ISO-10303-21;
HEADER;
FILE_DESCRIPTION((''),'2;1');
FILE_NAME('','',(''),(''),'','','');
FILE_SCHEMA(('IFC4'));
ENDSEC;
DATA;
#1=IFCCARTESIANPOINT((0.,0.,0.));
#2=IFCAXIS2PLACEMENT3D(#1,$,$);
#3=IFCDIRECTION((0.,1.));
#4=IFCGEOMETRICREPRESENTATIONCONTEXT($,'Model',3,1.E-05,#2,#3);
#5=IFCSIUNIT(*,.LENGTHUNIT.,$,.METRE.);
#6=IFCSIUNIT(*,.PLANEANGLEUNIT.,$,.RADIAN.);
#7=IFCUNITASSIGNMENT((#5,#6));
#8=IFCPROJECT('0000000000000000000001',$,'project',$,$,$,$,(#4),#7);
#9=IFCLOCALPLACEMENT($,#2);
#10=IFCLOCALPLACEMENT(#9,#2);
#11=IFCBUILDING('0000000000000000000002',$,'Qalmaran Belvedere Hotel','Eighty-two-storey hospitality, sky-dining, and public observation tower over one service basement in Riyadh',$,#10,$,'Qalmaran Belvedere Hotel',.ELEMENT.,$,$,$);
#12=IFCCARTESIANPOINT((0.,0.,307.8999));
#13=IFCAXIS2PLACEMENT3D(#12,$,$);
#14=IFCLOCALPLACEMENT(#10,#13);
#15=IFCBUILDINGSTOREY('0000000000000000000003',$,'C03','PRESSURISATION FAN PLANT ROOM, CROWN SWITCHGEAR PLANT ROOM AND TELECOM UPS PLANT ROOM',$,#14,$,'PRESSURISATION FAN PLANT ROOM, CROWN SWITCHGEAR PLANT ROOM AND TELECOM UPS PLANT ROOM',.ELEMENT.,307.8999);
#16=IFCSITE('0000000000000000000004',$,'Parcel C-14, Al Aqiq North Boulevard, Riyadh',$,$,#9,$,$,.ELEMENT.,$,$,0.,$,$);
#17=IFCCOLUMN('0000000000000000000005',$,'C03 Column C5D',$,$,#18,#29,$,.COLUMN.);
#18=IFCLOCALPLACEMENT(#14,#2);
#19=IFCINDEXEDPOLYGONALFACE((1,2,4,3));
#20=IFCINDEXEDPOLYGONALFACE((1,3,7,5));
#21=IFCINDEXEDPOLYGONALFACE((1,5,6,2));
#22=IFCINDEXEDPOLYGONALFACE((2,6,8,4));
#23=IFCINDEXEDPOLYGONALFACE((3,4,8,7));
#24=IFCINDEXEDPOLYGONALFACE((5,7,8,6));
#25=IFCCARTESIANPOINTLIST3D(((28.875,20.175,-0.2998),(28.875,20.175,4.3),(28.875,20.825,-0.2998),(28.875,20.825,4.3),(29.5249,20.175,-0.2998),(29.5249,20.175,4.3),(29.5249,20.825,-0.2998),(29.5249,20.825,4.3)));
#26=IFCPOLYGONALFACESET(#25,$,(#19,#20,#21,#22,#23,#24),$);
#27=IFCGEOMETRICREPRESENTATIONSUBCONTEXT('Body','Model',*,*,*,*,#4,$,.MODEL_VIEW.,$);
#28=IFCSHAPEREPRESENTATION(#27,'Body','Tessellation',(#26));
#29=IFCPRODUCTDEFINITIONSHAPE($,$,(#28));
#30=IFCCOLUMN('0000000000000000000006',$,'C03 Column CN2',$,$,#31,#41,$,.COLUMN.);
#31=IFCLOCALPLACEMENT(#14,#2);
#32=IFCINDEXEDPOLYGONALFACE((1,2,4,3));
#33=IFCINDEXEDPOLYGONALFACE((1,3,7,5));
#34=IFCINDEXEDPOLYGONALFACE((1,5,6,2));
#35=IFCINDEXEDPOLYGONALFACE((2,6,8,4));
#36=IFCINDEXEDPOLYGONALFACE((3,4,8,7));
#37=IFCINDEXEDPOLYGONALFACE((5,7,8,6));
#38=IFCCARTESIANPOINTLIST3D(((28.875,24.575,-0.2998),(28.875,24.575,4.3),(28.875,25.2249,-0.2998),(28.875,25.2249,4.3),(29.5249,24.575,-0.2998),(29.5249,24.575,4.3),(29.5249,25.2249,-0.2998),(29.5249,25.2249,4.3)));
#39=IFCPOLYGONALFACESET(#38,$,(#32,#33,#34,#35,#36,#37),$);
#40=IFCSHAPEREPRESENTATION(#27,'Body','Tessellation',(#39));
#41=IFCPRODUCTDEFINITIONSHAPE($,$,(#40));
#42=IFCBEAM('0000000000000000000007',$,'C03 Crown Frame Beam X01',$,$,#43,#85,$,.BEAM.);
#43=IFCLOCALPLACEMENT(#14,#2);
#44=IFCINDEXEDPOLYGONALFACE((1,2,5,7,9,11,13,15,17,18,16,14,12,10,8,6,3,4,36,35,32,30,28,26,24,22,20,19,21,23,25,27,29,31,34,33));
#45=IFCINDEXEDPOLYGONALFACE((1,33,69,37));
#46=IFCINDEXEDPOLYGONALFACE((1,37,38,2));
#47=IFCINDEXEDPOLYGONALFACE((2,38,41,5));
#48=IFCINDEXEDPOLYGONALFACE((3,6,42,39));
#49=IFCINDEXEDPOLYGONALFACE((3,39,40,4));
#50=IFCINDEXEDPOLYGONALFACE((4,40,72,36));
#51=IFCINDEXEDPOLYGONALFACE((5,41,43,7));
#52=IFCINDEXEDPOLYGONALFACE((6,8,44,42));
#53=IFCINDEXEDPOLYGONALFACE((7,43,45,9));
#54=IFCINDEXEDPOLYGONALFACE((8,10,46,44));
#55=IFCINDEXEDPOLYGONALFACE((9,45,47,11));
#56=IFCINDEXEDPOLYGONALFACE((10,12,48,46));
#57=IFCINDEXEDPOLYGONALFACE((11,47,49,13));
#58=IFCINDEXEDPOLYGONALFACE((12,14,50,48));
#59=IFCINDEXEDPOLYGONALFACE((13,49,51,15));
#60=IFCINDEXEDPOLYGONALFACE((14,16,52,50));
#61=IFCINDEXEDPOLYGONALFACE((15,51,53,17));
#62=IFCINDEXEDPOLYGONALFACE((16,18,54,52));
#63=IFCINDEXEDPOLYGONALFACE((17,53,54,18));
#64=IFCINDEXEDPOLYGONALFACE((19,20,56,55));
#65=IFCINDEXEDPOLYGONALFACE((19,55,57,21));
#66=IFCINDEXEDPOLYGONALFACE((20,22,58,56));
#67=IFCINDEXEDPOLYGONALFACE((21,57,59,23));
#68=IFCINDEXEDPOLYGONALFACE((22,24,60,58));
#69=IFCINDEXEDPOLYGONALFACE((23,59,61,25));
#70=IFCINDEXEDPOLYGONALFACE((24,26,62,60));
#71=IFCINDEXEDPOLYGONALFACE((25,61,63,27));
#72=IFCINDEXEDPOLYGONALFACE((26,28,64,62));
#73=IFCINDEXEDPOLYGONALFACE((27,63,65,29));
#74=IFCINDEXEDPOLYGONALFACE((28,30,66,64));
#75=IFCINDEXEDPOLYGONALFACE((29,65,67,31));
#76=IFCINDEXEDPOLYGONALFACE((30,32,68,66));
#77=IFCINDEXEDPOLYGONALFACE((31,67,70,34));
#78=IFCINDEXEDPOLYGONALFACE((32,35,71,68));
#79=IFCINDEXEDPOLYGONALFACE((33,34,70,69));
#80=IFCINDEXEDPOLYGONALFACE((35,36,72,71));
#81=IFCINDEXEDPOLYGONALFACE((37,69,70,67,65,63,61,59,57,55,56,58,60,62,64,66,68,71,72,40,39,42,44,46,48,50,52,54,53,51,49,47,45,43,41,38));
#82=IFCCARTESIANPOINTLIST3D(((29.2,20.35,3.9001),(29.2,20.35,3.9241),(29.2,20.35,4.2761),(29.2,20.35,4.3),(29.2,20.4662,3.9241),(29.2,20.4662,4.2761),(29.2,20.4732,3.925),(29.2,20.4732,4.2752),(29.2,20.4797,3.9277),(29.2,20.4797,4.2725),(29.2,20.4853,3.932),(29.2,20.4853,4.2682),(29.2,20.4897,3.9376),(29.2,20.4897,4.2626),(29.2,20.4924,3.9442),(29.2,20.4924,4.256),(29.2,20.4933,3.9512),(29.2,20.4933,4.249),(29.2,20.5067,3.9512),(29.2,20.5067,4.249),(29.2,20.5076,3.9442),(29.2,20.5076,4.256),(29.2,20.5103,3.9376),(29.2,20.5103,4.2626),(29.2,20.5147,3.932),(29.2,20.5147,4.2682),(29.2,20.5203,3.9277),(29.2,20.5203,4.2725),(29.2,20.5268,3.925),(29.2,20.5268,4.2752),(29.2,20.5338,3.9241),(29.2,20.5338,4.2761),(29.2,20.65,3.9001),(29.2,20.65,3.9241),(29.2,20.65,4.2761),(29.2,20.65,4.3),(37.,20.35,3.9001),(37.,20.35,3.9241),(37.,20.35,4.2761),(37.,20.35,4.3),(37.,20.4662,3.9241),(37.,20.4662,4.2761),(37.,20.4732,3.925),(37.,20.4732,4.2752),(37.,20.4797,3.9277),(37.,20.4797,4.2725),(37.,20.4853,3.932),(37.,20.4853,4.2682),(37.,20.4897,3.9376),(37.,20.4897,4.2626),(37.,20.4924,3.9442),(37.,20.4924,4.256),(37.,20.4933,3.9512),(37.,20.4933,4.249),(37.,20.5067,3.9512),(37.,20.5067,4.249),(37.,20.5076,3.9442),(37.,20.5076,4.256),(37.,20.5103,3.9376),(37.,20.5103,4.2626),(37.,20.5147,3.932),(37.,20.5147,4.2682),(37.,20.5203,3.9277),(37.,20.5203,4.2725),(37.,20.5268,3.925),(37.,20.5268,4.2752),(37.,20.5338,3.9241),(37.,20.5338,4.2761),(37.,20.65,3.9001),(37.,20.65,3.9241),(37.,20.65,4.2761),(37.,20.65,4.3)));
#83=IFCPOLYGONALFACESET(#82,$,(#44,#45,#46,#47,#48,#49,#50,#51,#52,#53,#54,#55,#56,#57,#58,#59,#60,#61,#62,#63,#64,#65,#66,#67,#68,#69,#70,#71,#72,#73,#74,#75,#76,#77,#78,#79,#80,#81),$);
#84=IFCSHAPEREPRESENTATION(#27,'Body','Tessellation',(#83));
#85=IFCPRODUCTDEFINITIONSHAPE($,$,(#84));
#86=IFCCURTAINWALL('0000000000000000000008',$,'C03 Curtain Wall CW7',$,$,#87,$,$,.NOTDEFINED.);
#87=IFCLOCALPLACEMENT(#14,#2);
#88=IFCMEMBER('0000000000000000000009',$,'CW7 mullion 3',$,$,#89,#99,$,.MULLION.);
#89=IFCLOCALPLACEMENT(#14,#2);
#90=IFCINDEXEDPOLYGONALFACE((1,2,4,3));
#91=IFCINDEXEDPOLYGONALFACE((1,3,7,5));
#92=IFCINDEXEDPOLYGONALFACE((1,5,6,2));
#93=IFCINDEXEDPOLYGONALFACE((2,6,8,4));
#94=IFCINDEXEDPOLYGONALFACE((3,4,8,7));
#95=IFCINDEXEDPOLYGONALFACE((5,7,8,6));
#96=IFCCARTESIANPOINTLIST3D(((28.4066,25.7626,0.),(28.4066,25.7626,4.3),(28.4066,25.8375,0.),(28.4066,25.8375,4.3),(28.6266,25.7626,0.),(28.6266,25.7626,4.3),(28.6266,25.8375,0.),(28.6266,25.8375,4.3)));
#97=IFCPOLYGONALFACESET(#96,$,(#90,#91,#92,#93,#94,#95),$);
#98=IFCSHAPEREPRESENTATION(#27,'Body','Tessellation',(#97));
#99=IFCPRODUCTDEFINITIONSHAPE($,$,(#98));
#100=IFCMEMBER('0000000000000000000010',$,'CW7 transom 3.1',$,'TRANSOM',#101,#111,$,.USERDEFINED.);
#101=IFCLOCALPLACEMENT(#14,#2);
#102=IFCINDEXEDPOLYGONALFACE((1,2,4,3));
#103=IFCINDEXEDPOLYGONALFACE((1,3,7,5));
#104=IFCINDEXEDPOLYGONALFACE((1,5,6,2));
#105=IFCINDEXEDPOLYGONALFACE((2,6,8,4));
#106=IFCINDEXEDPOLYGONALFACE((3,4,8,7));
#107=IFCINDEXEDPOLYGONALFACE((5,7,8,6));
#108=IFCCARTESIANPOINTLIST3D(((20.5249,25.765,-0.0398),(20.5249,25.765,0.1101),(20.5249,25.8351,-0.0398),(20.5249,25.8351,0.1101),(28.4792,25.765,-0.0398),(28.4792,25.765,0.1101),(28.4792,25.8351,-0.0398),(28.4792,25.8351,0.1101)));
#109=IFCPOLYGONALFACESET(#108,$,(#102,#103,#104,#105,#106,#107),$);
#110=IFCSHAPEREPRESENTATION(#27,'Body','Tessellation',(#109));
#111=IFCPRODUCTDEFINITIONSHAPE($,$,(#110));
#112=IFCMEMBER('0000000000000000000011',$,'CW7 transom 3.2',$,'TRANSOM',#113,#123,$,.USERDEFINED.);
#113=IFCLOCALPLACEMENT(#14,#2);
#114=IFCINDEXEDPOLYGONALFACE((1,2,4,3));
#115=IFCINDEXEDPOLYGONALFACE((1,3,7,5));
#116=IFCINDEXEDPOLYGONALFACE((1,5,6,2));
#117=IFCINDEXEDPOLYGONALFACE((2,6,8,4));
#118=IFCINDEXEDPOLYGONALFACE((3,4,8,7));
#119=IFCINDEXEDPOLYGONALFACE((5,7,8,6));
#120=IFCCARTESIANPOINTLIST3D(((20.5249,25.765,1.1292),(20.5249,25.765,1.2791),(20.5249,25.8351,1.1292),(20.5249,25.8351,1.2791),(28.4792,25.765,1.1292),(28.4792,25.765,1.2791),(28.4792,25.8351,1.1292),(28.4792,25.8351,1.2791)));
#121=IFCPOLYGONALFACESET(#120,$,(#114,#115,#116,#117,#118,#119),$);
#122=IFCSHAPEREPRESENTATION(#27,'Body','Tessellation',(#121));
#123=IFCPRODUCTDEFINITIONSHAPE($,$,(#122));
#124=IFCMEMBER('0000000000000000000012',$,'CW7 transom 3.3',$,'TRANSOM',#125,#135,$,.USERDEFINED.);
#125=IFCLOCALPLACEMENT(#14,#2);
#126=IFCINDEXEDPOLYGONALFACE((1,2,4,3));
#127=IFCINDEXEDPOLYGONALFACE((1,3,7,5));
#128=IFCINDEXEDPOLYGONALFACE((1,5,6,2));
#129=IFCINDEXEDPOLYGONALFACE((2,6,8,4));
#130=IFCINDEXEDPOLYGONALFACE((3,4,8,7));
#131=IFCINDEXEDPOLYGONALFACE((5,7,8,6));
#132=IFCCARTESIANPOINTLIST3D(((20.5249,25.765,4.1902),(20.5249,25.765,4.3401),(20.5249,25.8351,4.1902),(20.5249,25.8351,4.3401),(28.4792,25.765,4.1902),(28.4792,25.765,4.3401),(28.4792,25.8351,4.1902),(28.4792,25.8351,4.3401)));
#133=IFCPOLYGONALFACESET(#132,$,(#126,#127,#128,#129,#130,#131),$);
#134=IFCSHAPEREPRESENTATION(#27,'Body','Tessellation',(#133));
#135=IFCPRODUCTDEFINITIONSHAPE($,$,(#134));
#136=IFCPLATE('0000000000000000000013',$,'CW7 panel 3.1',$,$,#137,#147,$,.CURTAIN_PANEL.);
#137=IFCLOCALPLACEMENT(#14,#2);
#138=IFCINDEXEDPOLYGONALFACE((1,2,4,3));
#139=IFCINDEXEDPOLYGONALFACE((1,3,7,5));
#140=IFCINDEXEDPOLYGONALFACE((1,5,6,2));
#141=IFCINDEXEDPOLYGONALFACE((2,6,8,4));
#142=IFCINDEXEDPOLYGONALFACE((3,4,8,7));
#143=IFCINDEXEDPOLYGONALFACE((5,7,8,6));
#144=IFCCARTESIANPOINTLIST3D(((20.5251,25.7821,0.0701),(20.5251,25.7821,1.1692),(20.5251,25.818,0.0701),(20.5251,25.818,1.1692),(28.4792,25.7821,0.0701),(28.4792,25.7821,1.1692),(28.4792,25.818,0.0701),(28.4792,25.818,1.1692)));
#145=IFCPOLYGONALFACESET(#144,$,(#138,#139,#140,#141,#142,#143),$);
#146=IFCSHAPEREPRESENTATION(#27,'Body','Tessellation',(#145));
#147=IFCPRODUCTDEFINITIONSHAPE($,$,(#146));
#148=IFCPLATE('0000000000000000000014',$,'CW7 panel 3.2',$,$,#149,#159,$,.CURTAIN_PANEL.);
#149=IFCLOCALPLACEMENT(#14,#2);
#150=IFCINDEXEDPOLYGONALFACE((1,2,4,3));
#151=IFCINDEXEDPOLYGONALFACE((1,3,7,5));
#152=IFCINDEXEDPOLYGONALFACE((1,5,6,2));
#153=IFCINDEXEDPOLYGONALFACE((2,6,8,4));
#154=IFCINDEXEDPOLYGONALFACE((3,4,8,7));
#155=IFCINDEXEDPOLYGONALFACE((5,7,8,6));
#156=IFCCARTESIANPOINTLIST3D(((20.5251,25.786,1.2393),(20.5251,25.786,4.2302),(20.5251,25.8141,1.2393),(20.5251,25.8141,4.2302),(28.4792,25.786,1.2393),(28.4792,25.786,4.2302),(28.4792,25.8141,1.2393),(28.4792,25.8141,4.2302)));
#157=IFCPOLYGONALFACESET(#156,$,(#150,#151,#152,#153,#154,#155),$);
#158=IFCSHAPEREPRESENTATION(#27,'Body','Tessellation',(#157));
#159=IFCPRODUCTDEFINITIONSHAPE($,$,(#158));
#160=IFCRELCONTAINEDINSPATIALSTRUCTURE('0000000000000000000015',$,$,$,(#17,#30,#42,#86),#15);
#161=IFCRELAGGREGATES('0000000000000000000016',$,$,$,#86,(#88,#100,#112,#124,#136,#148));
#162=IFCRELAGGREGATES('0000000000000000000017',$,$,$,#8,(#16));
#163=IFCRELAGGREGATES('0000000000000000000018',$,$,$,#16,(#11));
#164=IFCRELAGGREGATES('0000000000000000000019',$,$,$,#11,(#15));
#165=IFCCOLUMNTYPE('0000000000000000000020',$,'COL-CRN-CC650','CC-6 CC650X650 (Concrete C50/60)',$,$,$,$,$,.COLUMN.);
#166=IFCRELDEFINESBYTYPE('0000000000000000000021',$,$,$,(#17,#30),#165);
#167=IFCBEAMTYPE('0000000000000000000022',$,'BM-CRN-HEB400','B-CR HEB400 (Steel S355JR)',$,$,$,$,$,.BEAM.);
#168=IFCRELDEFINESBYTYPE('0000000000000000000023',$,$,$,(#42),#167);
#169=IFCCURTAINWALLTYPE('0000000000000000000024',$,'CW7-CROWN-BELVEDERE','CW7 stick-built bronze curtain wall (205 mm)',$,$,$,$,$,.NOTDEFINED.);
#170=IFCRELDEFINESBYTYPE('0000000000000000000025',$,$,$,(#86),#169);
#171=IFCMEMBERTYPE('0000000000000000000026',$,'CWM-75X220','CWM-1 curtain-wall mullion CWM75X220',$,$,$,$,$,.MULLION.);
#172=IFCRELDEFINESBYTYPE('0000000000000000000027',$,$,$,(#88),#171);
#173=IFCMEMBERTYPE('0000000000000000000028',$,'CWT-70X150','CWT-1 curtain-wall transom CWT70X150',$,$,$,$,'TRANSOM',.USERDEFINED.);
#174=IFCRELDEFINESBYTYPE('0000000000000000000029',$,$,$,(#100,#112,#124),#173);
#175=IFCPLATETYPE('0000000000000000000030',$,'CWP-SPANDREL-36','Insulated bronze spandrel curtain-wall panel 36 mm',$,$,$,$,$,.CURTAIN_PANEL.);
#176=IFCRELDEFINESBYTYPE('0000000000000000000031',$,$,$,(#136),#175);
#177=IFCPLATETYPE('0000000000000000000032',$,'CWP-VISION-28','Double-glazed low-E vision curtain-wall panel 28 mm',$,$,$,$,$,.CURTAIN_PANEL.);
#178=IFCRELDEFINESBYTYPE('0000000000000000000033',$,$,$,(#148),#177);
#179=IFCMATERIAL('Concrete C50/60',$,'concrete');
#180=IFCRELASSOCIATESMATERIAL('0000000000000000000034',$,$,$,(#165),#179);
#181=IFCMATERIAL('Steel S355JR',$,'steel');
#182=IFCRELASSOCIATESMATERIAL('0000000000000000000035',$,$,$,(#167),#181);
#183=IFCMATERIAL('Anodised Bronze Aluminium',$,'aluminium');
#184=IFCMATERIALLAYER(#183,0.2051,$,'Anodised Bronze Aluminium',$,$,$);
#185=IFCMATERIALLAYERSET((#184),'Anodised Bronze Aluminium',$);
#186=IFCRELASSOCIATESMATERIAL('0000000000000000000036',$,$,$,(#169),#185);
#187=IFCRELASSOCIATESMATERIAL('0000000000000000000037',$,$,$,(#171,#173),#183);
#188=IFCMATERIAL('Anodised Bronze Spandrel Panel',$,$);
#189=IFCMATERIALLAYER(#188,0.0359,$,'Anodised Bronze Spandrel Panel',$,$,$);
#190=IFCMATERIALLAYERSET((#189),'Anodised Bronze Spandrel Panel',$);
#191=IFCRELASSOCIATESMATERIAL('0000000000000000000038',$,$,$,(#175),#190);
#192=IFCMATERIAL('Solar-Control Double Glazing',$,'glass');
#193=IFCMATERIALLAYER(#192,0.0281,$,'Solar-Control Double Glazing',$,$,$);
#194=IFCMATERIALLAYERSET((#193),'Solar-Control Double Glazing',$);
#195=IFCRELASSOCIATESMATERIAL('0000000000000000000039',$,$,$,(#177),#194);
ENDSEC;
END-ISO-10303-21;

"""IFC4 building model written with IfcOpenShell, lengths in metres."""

from ifc_helpers import new_model, si_unit, direction, frame, origin, origin_2d, place, context, subcontext, project, spatial, rectangle, i_section, extrude, material, layer, layer_set, material_profile, profile_set, type_object, element, aggregate, save


model = new_model("IFC4")

# Units and contexts
model_context = context("Model", 3, precision=1e-05, world=origin(), true_north=direction((0.0, 1.0)))
body_context = subcontext(model_context, "Body", "Model", "MODEL_VIEW")
ifc_project = project(units=[si_unit("LENGTHUNIT", "METRE"), si_unit("PLANEANGLEUNIT", "RADIAN")], contexts=[model_context])

# Site, building, storey
site_placement = place(None, origin())
site = spatial("IfcSite", under=ifc_project, at=site_placement, Name="Parcel C-14, Al Aqiq North Boulevard, Riyadh", CompositionType="ELEMENT", RefElevation=0.0)
building_placement = place(site_placement, origin())
building = spatial("IfcBuilding", under=site, at=building_placement, Name="Qalmaran Belvedere Hotel", Description="Eighty-two-storey hospitality, sky-dining, and public observation tower over one service basement in Riyadh", LongName="Qalmaran Belvedere Hotel", CompositionType="ELEMENT")
storey_placement = place(building_placement, frame((0.0, 0.0, 307.8999)))
storey = spatial("IfcBuildingStorey", under=building, at=storey_placement, Name="C03", Description="PRESSURISATION FAN PLANT ROOM, CROWN SWITCHGEAR PLANT ROOM AND TELECOM UPS PLANT ROOM", LongName="PRESSURISATION FAN PLANT ROOM, CROWN SWITCHGEAR PLANT ROOM AND TELECOM UPS PLANT ROOM", CompositionType="ELEMENT", Elevation=307.8999)

# Columns
ifc_material_1 = material(Name="Concrete C50/60", Category="concrete")
ifc_material_profile_1 = material_profile(ifc_material_1, rectangle(XDim=0.6499, YDim=0.6499, at=origin_2d()), Name="CC650X650")
ifc_profile_set_1 = profile_set([ifc_material_profile_1], Name="Concrete C50/60")
column_type = type_object("IfcColumnType", Name="COL-CRN-CC650", Description="CC-6 CC650X650 (Concrete C50/60)", PredefinedType="COLUMN", material=ifc_profile_set_1)
for number, where, z_axis, x_axis, name in (
    (1, (29.2, 20.5, -0.2998), (0.0, 0.0, 1.0), (1.0, 0.0, 0.0), "C03 Column C5D"),
    (2, (29.2, 24.8999, -0.2998), (0.0, 0.0, 1.0), (1.0, 0.0, 0.0), "C03 Column CN2"),
):
    element("IfcColumn", number, at=place(storey_placement, frame(where, z_axis=z_axis, x_axis=x_axis)), inside=storey, type_object=column_type, Name=name, PredefinedType="COLUMN", context=body_context, shape_type="SweptSolid", body=[
        extrude(rectangle(XDim=0.6499, YDim=0.6499, at=origin_2d()), origin(), (0.0, 0.0, 1.0), 4.5999),
    ])

# Beam
ifc_material_2 = material(Name="Steel S355JR", Category="steel")
ifc_material_profile_2 = material_profile(ifc_material_2, i_section(OverallWidth=0.3, OverallDepth=0.3999, WebThickness=0.0134, FlangeThickness=0.0239, FilletRadius=0.0271, at=origin_2d()), Name="HEB400")
ifc_profile_set_2 = profile_set([ifc_material_profile_2], Name="Steel S355JR")
beam_type = type_object("IfcBeamType", Name="BM-CRN-HEB400", Description="B-CR HEB400 (Steel S355JR)", PredefinedType="BEAM", material=ifc_profile_set_2)
beam_placement = place(storey_placement, frame((29.2, 20.5, 4.1001), z_axis=(1.0, 0.0, 0.0), x_axis=(0.0, 1.0, 0.0)))
element("IfcBeam", 3, at=beam_placement, inside=storey, type_object=beam_type, Name="C03 Crown Frame Beam X01", PredefinedType="BEAM", context=body_context, shape_type="SweptSolid", body=[
    extrude(i_section(OverallWidth=0.3, OverallDepth=0.3999, WebThickness=0.0134, FlangeThickness=0.0239, FilletRadius=0.0271, at=origin_2d()), origin(), (0.0, 0.0, 1.0), 7.8),
])

# Curtain wall, members, plates
ifc_material_3 = material(Name="Anodised Bronze Aluminium", Category="aluminium")
ifc_layer_1 = layer(ifc_material_3, 0.2051, Name="Anodised Bronze Aluminium")
ifc_layer_set_1 = layer_set([ifc_layer_1], Name="Anodised Bronze Aluminium")
curtain_wall_type = type_object("IfcCurtainWallType", Name="CW7-CROWN-BELVEDERE", Description="CW7 stick-built bronze curtain wall (205 mm)", PredefinedType="NOTDEFINED", material=ifc_layer_set_1)
curtain_wall_placement = place(storey_placement, origin())
curtain_wall = element("IfcCurtainWall", 4, at=curtain_wall_placement, inside=storey, type_object=curtain_wall_type, Name="C03 Curtain Wall CW7", PredefinedType="NOTDEFINED")
ifc_material_profile_3 = material_profile(ifc_material_3, rectangle(XDim=0.075, YDim=0.22, at=origin_2d()), Name="CWM75X220")
ifc_profile_set_3 = profile_set([ifc_material_profile_3], Name="Anodised Bronze Aluminium")
member_type_1 = type_object("IfcMemberType", Name="CWM-75X220", Description="CWM-1 curtain-wall mullion CWM75X220", PredefinedType="MULLION", material=ifc_profile_set_3)
member_1_placement = place(storey_placement, frame((28.5166, 25.8, 0.0), z_axis=(0.0, 0.0, 1.0), x_axis=(0.0, -1.0, 0.0)))
member_1 = element("IfcMember", 5, at=member_1_placement, type_object=member_type_1, Name="CW7 mullion 3", PredefinedType="MULLION", context=body_context, shape_type="SweptSolid", body=[
    extrude(rectangle(XDim=0.075, YDim=0.22, at=origin_2d()), origin(), (0.0, 0.0, 1.0), 4.3),
])
ifc_material_profile_4 = material_profile(ifc_material_3, rectangle(XDim=0.0701, YDim=0.1499, at=origin_2d()), Name="CWT70X150")
ifc_profile_set_4 = profile_set([ifc_material_profile_4], Name="Anodised Bronze Aluminium")
member_type_2 = type_object("IfcMemberType", Name="CWT-70X150", Description="CWT-1 curtain-wall transom CWT70X150", ElementType="TRANSOM", PredefinedType="USERDEFINED", material=ifc_profile_set_4)
member_2_placement = place(storey_placement, frame((28.4792, 25.8, 0.0352), z_axis=(-1.0, 0.0, 0.0), x_axis=(0.0, -1.0, 0.0)))
member_2 = element("IfcMember", 6, at=member_2_placement, type_object=member_type_2, Name="CW7 transom 3.1", ObjectType="TRANSOM", PredefinedType="USERDEFINED", context=body_context, shape_type="SweptSolid", body=[
    extrude(rectangle(XDim=0.0701, YDim=0.1499, at=origin_2d()), origin(), (0.0, 0.0, 1.0), 7.9543),
])
member_3_placement = place(storey_placement, frame((28.4792, 25.8, 1.2041), z_axis=(-1.0, 0.0, 0.0), x_axis=(0.0, -1.0, 0.0)))
member_3 = element("IfcMember", 7, at=member_3_placement, type_object=member_type_2, Name="CW7 transom 3.2", ObjectType="TRANSOM", PredefinedType="USERDEFINED", context=body_context, shape_type="SweptSolid", body=[
    extrude(rectangle(XDim=0.0701, YDim=0.1499, at=origin_2d()), origin(), (0.0, 0.0, 1.0), 7.9543),
])
member_4_placement = place(storey_placement, frame((28.4792, 25.8, 4.2651), z_axis=(-1.0, 0.0, 0.0), x_axis=(0.0, -1.0, 0.0)))
member_4 = element("IfcMember", 8, at=member_4_placement, type_object=member_type_2, Name="CW7 transom 3.3", ObjectType="TRANSOM", PredefinedType="USERDEFINED", context=body_context, shape_type="SweptSolid", body=[
    extrude(rectangle(XDim=0.0701, YDim=0.1499, at=origin_2d()), origin(), (0.0, 0.0, 1.0), 7.9543),
])
ifc_material_4 = material(Name="Anodised Bronze Spandrel Panel")
ifc_layer_2 = layer(ifc_material_4, 0.0359, Name="Anodised Bronze Spandrel Panel")
ifc_layer_set_2 = layer_set([ifc_layer_2], Name="Anodised Bronze Spandrel Panel")
plate_type_1 = type_object("IfcPlateType", Name="CWP-SPANDREL-36", Description="Insulated bronze spandrel curtain-wall panel 36 mm", PredefinedType="CURTAIN_PANEL", material=ifc_layer_set_2)
plate_1_placement = place(storey_placement, frame((24.5022, 25.8, 0.0701), z_axis=(0.0, 0.0, 1.0), x_axis=(-1.0, 0.0, 0.0)))
plate_1 = element("IfcPlate", 9, at=plate_1_placement, type_object=plate_type_1, Name="CW7 panel 3.1", PredefinedType="CURTAIN_PANEL", context=body_context, shape_type="SweptSolid", body=[
    extrude(rectangle(XDim=7.9541, YDim=0.0359, at=origin_2d()), origin(), (0.0, 0.0, 1.0), 1.0991),
])
ifc_material_5 = material(Name="Solar-Control Double Glazing", Category="glass")
ifc_layer_3 = layer(ifc_material_5, 0.0281, Name="Solar-Control Double Glazing")
ifc_layer_set_3 = layer_set([ifc_layer_3], Name="Solar-Control Double Glazing")
plate_type_2 = type_object("IfcPlateType", Name="CWP-VISION-28", Description="Double-glazed low-E vision curtain-wall panel 28 mm", PredefinedType="CURTAIN_PANEL", material=ifc_layer_set_3)
plate_2_placement = place(storey_placement, frame((24.5022, 25.8, 1.2393), z_axis=(0.0, 0.0, 1.0), x_axis=(-1.0, 0.0, 0.0)))
plate_2 = element("IfcPlate", 10, at=plate_2_placement, type_object=plate_type_2, Name="CW7 panel 3.2", PredefinedType="CURTAIN_PANEL", context=body_context, shape_type="SweptSolid", body=[
    extrude(rectangle(XDim=7.9541, YDim=0.0281, at=origin_2d()), origin(), (0.0, 0.0, 1.0), 2.991),
])
aggregate(curtain_wall, [member_1, member_2, member_3, member_4, plate_1, plate_2])

save(model, "model.ifc")
